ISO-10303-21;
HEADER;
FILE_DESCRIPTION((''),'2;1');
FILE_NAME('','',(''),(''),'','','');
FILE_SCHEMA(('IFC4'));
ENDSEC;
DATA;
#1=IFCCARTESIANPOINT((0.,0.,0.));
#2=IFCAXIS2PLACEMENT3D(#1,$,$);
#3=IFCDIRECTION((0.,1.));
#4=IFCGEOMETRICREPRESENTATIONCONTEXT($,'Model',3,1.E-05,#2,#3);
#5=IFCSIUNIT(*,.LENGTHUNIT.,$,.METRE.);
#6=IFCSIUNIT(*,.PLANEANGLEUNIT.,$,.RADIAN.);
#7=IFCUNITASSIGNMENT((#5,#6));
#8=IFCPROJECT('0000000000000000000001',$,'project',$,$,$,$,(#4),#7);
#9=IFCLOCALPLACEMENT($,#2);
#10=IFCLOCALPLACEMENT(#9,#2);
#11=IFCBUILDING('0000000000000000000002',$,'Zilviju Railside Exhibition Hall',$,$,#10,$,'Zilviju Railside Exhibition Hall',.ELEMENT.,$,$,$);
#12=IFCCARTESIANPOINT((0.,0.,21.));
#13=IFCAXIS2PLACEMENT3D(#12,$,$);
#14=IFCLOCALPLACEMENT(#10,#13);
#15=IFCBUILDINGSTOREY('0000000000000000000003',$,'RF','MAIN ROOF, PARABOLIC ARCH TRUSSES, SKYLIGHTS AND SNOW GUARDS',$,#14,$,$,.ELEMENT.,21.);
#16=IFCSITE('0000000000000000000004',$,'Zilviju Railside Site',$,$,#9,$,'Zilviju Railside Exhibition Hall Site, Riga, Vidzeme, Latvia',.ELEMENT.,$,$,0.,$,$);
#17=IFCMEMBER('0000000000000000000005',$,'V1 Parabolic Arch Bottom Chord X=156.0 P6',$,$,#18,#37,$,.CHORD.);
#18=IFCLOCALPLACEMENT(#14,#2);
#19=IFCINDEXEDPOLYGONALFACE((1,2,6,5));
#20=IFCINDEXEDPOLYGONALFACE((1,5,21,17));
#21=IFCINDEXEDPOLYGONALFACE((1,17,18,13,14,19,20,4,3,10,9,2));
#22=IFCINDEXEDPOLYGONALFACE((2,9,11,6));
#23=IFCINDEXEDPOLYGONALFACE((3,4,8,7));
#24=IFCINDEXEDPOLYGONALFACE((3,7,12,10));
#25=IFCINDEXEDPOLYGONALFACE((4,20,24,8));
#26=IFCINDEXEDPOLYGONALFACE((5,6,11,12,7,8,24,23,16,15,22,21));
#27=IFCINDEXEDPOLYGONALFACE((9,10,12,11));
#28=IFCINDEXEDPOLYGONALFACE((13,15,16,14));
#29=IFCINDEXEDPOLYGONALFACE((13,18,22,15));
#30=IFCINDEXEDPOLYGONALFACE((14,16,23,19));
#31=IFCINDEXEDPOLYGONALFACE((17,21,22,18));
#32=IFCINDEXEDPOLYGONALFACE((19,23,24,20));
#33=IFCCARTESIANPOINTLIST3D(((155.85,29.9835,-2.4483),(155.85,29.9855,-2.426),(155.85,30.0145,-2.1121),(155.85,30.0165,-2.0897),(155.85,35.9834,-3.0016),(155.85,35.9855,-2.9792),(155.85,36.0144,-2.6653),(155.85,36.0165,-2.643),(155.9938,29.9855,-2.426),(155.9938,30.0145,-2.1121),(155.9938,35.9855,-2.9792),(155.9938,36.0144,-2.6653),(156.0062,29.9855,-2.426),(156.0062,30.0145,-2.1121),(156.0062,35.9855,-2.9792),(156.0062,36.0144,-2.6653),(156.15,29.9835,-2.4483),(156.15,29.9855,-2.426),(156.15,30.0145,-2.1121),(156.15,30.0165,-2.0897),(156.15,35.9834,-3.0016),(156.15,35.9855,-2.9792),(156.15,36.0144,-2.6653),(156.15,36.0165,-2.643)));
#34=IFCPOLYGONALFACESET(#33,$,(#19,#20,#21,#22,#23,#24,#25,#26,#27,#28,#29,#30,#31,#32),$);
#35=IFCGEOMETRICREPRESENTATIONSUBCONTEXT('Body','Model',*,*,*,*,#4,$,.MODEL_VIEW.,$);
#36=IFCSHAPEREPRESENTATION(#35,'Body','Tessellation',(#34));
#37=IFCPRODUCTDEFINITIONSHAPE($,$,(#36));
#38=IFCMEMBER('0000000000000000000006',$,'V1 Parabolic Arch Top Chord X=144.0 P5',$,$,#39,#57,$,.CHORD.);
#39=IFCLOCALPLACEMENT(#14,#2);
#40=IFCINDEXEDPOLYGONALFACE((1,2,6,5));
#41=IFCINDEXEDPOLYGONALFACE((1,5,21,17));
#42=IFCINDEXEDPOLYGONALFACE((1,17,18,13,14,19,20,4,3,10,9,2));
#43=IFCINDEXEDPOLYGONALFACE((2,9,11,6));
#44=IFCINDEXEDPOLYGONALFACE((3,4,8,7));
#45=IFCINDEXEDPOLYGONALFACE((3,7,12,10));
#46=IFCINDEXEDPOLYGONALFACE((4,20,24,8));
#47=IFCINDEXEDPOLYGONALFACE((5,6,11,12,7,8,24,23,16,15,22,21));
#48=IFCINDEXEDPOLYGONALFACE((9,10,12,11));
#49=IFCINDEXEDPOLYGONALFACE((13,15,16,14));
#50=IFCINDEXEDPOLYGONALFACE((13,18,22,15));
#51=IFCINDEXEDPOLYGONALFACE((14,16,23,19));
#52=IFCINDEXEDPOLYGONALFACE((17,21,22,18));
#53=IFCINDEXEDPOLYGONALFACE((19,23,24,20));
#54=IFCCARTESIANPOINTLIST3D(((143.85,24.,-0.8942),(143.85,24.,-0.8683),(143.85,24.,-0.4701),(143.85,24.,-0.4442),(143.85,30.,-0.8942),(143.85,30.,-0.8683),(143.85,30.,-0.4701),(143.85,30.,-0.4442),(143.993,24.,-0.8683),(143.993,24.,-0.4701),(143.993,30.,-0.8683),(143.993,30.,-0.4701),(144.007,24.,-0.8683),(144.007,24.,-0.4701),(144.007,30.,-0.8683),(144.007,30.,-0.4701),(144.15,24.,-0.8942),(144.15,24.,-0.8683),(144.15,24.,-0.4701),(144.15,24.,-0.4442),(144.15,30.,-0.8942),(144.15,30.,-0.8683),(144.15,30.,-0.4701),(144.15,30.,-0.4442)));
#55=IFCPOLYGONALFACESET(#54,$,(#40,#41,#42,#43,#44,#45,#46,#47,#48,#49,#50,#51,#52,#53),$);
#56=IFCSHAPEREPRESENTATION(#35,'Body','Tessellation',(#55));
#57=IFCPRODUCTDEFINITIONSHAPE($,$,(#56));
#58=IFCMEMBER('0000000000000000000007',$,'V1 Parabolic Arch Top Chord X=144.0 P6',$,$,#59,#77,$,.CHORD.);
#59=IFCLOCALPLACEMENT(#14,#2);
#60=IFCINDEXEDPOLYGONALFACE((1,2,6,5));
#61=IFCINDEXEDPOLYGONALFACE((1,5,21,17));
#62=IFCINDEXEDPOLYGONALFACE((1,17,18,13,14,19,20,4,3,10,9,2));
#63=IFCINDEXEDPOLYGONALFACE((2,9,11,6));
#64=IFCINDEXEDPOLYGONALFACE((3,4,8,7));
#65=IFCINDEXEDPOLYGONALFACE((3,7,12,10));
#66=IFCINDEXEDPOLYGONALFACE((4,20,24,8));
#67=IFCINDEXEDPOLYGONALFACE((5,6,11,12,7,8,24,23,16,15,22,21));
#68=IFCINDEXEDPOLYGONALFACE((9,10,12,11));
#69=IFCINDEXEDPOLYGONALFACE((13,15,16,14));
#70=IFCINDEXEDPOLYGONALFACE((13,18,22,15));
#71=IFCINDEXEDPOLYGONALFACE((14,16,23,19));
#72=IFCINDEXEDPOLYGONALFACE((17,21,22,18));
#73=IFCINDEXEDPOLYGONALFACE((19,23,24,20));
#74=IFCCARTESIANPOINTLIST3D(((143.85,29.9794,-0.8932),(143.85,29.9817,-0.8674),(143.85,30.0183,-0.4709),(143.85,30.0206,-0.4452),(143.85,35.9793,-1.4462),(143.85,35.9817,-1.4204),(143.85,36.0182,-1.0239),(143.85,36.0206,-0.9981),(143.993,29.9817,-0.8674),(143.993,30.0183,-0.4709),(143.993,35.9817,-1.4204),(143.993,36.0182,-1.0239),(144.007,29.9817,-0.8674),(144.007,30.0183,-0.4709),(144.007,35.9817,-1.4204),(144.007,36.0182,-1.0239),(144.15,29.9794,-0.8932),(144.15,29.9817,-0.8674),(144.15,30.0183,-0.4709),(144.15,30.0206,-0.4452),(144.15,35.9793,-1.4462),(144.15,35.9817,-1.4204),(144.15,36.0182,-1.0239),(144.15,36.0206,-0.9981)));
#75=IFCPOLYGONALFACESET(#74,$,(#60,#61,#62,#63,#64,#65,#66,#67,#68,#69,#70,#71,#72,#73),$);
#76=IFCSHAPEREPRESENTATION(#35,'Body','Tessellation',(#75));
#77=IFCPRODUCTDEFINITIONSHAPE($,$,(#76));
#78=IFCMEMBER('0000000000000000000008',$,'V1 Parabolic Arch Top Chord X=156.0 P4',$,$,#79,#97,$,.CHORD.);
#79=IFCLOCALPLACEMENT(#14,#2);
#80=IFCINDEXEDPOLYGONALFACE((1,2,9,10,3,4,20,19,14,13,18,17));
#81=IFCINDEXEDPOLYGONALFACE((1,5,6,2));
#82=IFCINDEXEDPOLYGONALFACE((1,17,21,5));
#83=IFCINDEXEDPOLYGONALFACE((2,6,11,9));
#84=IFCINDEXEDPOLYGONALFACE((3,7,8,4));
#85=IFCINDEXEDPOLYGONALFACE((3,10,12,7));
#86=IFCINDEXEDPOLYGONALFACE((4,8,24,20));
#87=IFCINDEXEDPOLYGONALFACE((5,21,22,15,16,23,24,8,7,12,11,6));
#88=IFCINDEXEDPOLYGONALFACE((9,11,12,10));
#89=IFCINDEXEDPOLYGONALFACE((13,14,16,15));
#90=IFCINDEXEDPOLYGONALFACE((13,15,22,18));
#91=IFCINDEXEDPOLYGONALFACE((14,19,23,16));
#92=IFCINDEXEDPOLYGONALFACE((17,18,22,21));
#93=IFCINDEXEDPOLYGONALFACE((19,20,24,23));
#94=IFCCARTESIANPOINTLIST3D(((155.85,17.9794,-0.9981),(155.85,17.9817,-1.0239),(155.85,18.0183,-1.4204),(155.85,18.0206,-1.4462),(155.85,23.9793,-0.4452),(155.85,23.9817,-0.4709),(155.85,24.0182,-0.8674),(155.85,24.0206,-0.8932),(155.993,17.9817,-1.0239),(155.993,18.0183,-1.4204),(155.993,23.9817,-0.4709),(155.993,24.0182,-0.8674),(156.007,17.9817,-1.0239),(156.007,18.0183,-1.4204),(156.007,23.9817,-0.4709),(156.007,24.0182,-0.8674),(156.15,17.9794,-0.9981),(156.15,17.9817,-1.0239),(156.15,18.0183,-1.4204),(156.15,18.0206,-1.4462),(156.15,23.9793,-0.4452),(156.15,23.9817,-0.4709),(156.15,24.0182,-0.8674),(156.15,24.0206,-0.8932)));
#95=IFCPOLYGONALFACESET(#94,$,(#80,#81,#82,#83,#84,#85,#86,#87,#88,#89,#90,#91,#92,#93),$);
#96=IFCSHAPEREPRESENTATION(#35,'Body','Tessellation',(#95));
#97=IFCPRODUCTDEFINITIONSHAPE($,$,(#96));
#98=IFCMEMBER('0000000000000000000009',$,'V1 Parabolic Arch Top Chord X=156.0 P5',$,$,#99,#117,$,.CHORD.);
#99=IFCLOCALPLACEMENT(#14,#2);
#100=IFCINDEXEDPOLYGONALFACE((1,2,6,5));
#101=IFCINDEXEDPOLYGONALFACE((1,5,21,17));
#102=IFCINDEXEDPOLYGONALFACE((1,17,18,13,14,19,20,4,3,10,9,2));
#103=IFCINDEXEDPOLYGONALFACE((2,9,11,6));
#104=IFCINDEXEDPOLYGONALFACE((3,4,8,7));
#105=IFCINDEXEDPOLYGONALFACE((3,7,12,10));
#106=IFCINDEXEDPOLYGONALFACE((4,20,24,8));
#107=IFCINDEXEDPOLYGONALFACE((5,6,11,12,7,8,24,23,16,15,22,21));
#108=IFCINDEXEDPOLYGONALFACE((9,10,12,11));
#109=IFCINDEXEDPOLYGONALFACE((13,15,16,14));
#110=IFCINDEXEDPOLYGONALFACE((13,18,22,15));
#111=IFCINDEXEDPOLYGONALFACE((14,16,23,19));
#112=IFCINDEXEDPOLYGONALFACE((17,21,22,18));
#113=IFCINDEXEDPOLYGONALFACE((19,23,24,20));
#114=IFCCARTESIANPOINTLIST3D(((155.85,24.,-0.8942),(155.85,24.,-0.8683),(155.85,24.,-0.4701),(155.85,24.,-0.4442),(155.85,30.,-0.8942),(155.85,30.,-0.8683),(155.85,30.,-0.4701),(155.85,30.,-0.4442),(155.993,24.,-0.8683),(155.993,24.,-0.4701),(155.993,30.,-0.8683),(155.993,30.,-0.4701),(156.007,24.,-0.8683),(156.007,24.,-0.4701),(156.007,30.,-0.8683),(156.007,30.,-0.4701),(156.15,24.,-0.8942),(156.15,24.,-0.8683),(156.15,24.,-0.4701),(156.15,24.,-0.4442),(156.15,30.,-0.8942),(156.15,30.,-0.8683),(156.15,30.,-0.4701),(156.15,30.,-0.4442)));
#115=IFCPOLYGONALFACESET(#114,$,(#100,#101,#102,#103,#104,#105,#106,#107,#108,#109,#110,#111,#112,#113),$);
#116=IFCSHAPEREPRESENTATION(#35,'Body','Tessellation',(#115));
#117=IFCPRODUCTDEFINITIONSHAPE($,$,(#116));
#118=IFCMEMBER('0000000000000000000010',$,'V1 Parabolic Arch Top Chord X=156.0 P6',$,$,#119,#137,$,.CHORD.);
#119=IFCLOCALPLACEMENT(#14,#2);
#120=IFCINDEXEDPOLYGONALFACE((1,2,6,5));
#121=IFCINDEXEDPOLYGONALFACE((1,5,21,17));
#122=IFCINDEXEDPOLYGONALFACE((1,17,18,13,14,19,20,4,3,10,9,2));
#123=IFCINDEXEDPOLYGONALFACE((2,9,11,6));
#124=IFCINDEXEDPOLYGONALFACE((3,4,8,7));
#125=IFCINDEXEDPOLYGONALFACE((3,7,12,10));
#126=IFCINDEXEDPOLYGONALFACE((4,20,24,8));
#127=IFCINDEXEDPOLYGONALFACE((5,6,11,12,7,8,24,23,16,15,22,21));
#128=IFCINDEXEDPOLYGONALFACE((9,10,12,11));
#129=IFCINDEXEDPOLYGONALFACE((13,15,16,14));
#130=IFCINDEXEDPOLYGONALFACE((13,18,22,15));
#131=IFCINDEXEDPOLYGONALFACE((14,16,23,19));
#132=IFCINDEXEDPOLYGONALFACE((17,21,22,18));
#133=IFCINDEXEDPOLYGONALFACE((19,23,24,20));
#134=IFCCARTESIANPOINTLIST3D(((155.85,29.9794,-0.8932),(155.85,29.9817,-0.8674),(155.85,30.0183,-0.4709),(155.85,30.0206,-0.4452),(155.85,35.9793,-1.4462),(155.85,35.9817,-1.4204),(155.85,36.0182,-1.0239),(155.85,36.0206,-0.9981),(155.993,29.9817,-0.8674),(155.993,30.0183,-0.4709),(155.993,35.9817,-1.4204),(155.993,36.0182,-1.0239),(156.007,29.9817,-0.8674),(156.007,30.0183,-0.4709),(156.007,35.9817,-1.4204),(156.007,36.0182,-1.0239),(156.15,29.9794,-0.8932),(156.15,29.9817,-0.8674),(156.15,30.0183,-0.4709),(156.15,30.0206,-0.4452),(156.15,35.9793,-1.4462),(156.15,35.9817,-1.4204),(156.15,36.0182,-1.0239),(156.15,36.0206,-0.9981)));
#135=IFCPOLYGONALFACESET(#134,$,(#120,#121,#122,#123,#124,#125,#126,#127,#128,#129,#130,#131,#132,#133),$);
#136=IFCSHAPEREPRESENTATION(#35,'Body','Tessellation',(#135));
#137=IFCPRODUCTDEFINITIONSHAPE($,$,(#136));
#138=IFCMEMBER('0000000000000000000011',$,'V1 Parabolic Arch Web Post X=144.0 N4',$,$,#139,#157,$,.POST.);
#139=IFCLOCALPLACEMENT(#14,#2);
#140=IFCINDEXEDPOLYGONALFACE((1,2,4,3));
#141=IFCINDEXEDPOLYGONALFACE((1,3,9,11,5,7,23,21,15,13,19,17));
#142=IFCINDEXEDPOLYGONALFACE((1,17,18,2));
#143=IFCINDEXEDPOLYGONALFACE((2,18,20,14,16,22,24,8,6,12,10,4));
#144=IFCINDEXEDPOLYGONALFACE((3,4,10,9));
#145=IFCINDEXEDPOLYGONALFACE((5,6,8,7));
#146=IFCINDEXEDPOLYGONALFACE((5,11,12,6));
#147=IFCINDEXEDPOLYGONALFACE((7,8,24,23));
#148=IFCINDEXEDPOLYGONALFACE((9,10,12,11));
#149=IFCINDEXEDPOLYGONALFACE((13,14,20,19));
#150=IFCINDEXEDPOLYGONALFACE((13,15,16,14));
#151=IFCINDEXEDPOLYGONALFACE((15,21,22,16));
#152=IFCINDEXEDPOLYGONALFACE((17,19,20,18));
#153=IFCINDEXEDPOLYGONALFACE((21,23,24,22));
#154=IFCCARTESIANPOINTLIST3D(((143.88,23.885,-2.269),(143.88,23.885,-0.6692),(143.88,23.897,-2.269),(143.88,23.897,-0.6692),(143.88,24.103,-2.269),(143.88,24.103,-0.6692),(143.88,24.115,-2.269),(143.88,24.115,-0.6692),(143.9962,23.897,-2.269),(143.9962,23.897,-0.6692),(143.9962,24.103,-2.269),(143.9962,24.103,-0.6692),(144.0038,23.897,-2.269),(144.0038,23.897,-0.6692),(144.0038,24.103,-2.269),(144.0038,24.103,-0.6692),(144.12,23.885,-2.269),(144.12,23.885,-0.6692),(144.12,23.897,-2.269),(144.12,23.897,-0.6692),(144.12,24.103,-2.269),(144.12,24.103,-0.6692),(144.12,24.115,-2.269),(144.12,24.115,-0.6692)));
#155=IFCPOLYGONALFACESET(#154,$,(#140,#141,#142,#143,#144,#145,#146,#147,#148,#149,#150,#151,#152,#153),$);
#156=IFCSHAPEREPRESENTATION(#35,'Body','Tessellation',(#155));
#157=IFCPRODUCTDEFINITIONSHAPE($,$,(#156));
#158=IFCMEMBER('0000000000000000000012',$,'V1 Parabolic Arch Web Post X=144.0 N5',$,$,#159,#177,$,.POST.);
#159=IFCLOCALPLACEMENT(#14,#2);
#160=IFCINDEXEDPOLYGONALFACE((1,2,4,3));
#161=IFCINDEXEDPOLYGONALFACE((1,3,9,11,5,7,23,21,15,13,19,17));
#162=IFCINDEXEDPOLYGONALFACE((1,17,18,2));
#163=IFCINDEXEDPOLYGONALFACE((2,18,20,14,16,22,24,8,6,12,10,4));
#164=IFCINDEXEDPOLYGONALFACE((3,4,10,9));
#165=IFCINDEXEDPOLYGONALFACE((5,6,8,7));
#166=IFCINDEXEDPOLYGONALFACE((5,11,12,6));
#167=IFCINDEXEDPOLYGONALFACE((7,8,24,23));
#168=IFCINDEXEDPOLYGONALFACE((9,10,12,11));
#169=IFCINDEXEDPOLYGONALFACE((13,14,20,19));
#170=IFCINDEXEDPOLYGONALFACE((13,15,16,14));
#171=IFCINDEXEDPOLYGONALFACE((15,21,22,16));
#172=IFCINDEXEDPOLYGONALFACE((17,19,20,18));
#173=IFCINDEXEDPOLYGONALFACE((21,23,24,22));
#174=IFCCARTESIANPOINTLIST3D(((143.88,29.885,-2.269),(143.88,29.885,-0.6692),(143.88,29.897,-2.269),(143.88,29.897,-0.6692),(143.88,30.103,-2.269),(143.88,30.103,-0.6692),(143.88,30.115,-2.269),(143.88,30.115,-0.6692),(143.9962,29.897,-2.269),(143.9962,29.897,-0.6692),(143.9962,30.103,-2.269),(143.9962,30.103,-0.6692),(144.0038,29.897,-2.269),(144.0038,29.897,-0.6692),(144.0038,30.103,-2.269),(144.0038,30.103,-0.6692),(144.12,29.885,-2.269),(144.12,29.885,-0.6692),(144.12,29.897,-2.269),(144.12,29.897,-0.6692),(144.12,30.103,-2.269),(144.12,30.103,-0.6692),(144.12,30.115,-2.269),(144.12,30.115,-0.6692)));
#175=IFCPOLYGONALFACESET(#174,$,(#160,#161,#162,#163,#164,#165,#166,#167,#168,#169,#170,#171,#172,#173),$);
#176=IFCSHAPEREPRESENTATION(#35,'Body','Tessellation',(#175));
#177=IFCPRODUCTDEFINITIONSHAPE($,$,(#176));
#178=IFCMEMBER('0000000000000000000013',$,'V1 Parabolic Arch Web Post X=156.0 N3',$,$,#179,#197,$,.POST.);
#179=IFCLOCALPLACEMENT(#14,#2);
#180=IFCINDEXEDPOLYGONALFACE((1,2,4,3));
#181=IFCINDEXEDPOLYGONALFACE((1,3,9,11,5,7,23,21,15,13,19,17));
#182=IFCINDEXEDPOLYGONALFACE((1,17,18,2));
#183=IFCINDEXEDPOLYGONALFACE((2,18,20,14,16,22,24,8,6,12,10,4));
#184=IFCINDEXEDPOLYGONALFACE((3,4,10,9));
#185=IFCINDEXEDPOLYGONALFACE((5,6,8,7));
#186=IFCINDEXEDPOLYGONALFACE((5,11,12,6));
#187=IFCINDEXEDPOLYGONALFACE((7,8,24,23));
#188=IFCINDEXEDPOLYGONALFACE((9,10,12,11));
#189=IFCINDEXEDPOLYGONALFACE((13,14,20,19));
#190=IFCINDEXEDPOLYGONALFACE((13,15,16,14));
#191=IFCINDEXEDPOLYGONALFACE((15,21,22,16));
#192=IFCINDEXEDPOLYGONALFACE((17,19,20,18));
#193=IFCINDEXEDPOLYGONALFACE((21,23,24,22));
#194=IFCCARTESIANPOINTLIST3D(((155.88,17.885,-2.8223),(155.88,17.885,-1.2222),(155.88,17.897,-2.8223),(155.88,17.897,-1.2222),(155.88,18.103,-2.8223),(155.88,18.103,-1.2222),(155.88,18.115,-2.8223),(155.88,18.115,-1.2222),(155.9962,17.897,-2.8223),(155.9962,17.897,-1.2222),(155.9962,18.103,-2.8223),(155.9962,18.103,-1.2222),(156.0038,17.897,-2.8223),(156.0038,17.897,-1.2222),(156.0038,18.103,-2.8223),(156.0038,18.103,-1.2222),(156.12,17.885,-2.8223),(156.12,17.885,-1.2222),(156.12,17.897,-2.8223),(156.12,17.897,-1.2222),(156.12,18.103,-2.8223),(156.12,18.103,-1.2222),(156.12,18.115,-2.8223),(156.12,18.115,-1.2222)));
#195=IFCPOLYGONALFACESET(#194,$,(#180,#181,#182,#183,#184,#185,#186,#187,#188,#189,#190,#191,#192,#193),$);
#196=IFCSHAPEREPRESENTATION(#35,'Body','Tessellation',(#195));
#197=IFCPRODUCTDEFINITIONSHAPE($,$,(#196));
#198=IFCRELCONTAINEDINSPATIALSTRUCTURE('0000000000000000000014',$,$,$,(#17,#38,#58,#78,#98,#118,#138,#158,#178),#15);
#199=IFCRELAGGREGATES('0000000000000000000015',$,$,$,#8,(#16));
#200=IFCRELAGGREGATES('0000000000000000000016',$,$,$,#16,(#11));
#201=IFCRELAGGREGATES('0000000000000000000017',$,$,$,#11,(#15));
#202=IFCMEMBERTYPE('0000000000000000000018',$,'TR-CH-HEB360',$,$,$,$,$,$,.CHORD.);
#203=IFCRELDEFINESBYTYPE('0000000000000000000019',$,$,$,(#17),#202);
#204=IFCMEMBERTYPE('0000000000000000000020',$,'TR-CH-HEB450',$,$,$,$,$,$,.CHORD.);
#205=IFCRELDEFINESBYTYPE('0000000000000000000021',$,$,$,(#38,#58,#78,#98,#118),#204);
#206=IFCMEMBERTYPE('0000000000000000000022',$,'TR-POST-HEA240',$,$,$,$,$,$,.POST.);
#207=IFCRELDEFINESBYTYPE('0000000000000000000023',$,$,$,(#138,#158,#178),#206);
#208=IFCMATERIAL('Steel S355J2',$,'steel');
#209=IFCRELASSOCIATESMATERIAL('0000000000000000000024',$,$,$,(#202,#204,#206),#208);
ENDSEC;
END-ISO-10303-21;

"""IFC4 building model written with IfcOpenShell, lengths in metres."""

from ifc_helpers import new_model, si_unit, direction, frame, origin, origin_2d, place, context, subcontext, project, spatial, i_section, extrude, material, material_profile, profile_set, type_object, element, save


model = new_model("IFC4")

# Units and contexts
model_context = context("Model", 3, precision=1e-05, world=origin(), true_north=direction((0.0, 1.0)))
body_context = subcontext(model_context, "Body", "Model", "MODEL_VIEW")
ifc_project = project(units=[si_unit("LENGTHUNIT", "METRE"), si_unit("PLANEANGLEUNIT", "RADIAN")], contexts=[model_context])

# Site, building, storey
site_placement = place(None, origin())
site = spatial("IfcSite", under=ifc_project, at=site_placement, Name="Zilviju Railside Site", LongName="Zilviju Railside Exhibition Hall Site, Riga, Vidzeme, Latvia", CompositionType="ELEMENT", RefElevation=0.0)
building_placement = place(site_placement, origin())
building = spatial("IfcBuilding", under=site, at=building_placement, Name="Zilviju Railside Exhibition Hall", LongName="Zilviju Railside Exhibition Hall", CompositionType="ELEMENT")
storey_placement = place(building_placement, frame((0.0, 0.0, 21.0)))
storey = spatial("IfcBuildingStorey", under=building, at=storey_placement, Name="RF", Description="MAIN ROOF, PARABOLIC ARCH TRUSSES, SKYLIGHTS AND SNOW GUARDS", CompositionType="ELEMENT", Elevation=21.0)

# Members
ifc_material_1 = material(Name="Steel S355J2", Category="steel")
ifc_material_profile_1 = material_profile(ifc_material_1, i_section(OverallWidth=0.3, OverallDepth=0.3601, WebThickness=0.0125, FlangeThickness=0.0225, at=origin_2d()), Name="HEB 360")
ifc_profile_set_1 = profile_set([ifc_material_profile_1], Name="Steel S355J2")
member_type_1 = type_object("IfcMemberType", Name="TR-CH-HEB360", PredefinedType="CHORD", material=ifc_profile_set_1)
member_1_placement = place(storey_placement, frame((156.0, 30.0, -2.269), z_axis=(0.0, 0.995776, -0.091814), x_axis=(-1.0, 0.0, 0.0)))
element("IfcMember", 1, at=member_1_placement, inside=storey, type_object=member_type_1, Name="V1 Parabolic Arch Bottom Chord X=156.0 P6", PredefinedType="CHORD", context=body_context, shape_type="SweptSolid", body=[
    extrude(i_section(OverallWidth=0.3, OverallDepth=0.3601, WebThickness=0.0125, FlangeThickness=0.0225, at=origin_2d()), origin(), (0.0, 0.0, 1.0), 6.0254),
])
ifc_material_profile_2 = material_profile(ifc_material_1, i_section(OverallWidth=0.3, OverallDepth=0.45, WebThickness=0.0139, FlangeThickness=0.0259, at=origin_2d()), Name="HEB 450")
ifc_profile_set_2 = profile_set([ifc_material_profile_2], Name="Steel S355J2")
member_type_2 = type_object("IfcMemberType", Name="TR-CH-HEB450", PredefinedType="CHORD", material=ifc_profile_set_2)
member_2_placement = place(storey_placement, frame((144.0, 24.0, -0.6692), z_axis=(0.0, 1.0, 0.0), x_axis=(-1.0, 0.0, 0.0)))
element("IfcMember", 2, at=member_2_placement, inside=storey, type_object=member_type_2, Name="V1 Parabolic Arch Top Chord X=144.0 P5", PredefinedType="CHORD", context=body_context, shape_type="SweptSolid", body=[
    extrude(i_section(OverallWidth=0.3, OverallDepth=0.45, WebThickness=0.0139, FlangeThickness=0.0259, at=origin_2d()), origin(), (0.0, 0.0, 1.0), 6.0),
])
for number, where, z_axis, x_axis, name in (
    (3, (144.0, 30.0, -0.6692), (0.0, 0.99578, -0.091774), (-1.0, 0.0, 0.0), "V1 Parabolic Arch Top Chord X=144.0 P6"),
    (4, (156.0, 18.0, -1.2222), (0.0, 0.99578, 0.091774), (-1.0, 0.0, 0.0), "V1 Parabolic Arch Top Chord X=156.0 P4"),
):
    element("IfcMember", number, at=place(storey_placement, frame(where, z_axis=z_axis, x_axis=x_axis)), inside=storey, type_object=member_type_2, Name=name, PredefinedType="CHORD", context=body_context, shape_type="SweptSolid", body=[
        extrude(i_section(OverallWidth=0.3, OverallDepth=0.45, WebThickness=0.0139, FlangeThickness=0.0259, at=origin_2d()), origin(), (0.0, 0.0, 1.0), 6.0254),
    ])
member_3_placement = place(storey_placement, frame((156.0, 24.0, -0.6692), z_axis=(0.0, 1.0, 0.0), x_axis=(-1.0, 0.0, 0.0)))
element("IfcMember", 5, at=member_3_placement, inside=storey, type_object=member_type_2, Name="V1 Parabolic Arch Top Chord X=156.0 P5", PredefinedType="CHORD", context=body_context, shape_type="SweptSolid", body=[
    extrude(i_section(OverallWidth=0.3, OverallDepth=0.45, WebThickness=0.0139, FlangeThickness=0.0259, at=origin_2d()), origin(), (0.0, 0.0, 1.0), 6.0),
])
member_4_placement = place(storey_placement, frame((156.0, 30.0, -0.6692), z_axis=(0.0, 0.99578, -0.091774), x_axis=(-1.0, 0.0, 0.0)))
element("IfcMember", 6, at=member_4_placement, inside=storey, type_object=member_type_2, Name="V1 Parabolic Arch Top Chord X=156.0 P6", PredefinedType="CHORD", context=body_context, shape_type="SweptSolid", body=[
    extrude(i_section(OverallWidth=0.3, OverallDepth=0.45, WebThickness=0.0139, FlangeThickness=0.0259, at=origin_2d()), origin(), (0.0, 0.0, 1.0), 6.0254),
])
ifc_material_profile_3 = material_profile(ifc_material_1, i_section(OverallWidth=0.24, OverallDepth=0.23, WebThickness=0.0076, FlangeThickness=0.012, at=origin_2d()), Name="HEA 240")
ifc_profile_set_3 = profile_set([ifc_material_profile_3], Name="Steel S355J2")
member_type_3 = type_object("IfcMemberType", Name="TR-POST-HEA240", PredefinedType="POST", material=ifc_profile_set_3)
for number, where, z_axis, x_axis, name in (
    (7, (144.0, 24.0, -2.269), (0.0, 0.0, 1.0), (1.0, 0.0, 0.0), "V1 Parabolic Arch Web Post X=144.0 N4"),
    (8, (144.0, 30.0, -2.269), (0.0, 0.0, 1.0), (1.0, 0.0, 0.0), "V1 Parabolic Arch Web Post X=144.0 N5"),
):
    element("IfcMember", number, at=place(storey_placement, frame(where, z_axis=z_axis, x_axis=x_axis)), inside=storey, type_object=member_type_3, Name=name, PredefinedType="POST", context=body_context, shape_type="SweptSolid", body=[
        extrude(i_section(OverallWidth=0.24, OverallDepth=0.23, WebThickness=0.0076, FlangeThickness=0.012, at=origin_2d()), origin(), (0.0, 0.0, 1.0), 1.5999),
    ])
member_5_placement = place(storey_placement, frame((156.0, 18.0, -2.8223), z_axis=(0.0, 0.0, 1.0), x_axis=(1.0, 0.0, 0.0)))
element("IfcMember", 9, at=member_5_placement, inside=storey, type_object=member_type_3, Name="V1 Parabolic Arch Web Post X=156.0 N3", PredefinedType="POST", context=body_context, shape_type="SweptSolid", body=[
    extrude(i_section(OverallWidth=0.24, OverallDepth=0.23, WebThickness=0.0076, FlangeThickness=0.012, at=origin_2d()), origin(), (0.0, 0.0, 1.0), 1.6001),
])

save(model, "model.ifc")
